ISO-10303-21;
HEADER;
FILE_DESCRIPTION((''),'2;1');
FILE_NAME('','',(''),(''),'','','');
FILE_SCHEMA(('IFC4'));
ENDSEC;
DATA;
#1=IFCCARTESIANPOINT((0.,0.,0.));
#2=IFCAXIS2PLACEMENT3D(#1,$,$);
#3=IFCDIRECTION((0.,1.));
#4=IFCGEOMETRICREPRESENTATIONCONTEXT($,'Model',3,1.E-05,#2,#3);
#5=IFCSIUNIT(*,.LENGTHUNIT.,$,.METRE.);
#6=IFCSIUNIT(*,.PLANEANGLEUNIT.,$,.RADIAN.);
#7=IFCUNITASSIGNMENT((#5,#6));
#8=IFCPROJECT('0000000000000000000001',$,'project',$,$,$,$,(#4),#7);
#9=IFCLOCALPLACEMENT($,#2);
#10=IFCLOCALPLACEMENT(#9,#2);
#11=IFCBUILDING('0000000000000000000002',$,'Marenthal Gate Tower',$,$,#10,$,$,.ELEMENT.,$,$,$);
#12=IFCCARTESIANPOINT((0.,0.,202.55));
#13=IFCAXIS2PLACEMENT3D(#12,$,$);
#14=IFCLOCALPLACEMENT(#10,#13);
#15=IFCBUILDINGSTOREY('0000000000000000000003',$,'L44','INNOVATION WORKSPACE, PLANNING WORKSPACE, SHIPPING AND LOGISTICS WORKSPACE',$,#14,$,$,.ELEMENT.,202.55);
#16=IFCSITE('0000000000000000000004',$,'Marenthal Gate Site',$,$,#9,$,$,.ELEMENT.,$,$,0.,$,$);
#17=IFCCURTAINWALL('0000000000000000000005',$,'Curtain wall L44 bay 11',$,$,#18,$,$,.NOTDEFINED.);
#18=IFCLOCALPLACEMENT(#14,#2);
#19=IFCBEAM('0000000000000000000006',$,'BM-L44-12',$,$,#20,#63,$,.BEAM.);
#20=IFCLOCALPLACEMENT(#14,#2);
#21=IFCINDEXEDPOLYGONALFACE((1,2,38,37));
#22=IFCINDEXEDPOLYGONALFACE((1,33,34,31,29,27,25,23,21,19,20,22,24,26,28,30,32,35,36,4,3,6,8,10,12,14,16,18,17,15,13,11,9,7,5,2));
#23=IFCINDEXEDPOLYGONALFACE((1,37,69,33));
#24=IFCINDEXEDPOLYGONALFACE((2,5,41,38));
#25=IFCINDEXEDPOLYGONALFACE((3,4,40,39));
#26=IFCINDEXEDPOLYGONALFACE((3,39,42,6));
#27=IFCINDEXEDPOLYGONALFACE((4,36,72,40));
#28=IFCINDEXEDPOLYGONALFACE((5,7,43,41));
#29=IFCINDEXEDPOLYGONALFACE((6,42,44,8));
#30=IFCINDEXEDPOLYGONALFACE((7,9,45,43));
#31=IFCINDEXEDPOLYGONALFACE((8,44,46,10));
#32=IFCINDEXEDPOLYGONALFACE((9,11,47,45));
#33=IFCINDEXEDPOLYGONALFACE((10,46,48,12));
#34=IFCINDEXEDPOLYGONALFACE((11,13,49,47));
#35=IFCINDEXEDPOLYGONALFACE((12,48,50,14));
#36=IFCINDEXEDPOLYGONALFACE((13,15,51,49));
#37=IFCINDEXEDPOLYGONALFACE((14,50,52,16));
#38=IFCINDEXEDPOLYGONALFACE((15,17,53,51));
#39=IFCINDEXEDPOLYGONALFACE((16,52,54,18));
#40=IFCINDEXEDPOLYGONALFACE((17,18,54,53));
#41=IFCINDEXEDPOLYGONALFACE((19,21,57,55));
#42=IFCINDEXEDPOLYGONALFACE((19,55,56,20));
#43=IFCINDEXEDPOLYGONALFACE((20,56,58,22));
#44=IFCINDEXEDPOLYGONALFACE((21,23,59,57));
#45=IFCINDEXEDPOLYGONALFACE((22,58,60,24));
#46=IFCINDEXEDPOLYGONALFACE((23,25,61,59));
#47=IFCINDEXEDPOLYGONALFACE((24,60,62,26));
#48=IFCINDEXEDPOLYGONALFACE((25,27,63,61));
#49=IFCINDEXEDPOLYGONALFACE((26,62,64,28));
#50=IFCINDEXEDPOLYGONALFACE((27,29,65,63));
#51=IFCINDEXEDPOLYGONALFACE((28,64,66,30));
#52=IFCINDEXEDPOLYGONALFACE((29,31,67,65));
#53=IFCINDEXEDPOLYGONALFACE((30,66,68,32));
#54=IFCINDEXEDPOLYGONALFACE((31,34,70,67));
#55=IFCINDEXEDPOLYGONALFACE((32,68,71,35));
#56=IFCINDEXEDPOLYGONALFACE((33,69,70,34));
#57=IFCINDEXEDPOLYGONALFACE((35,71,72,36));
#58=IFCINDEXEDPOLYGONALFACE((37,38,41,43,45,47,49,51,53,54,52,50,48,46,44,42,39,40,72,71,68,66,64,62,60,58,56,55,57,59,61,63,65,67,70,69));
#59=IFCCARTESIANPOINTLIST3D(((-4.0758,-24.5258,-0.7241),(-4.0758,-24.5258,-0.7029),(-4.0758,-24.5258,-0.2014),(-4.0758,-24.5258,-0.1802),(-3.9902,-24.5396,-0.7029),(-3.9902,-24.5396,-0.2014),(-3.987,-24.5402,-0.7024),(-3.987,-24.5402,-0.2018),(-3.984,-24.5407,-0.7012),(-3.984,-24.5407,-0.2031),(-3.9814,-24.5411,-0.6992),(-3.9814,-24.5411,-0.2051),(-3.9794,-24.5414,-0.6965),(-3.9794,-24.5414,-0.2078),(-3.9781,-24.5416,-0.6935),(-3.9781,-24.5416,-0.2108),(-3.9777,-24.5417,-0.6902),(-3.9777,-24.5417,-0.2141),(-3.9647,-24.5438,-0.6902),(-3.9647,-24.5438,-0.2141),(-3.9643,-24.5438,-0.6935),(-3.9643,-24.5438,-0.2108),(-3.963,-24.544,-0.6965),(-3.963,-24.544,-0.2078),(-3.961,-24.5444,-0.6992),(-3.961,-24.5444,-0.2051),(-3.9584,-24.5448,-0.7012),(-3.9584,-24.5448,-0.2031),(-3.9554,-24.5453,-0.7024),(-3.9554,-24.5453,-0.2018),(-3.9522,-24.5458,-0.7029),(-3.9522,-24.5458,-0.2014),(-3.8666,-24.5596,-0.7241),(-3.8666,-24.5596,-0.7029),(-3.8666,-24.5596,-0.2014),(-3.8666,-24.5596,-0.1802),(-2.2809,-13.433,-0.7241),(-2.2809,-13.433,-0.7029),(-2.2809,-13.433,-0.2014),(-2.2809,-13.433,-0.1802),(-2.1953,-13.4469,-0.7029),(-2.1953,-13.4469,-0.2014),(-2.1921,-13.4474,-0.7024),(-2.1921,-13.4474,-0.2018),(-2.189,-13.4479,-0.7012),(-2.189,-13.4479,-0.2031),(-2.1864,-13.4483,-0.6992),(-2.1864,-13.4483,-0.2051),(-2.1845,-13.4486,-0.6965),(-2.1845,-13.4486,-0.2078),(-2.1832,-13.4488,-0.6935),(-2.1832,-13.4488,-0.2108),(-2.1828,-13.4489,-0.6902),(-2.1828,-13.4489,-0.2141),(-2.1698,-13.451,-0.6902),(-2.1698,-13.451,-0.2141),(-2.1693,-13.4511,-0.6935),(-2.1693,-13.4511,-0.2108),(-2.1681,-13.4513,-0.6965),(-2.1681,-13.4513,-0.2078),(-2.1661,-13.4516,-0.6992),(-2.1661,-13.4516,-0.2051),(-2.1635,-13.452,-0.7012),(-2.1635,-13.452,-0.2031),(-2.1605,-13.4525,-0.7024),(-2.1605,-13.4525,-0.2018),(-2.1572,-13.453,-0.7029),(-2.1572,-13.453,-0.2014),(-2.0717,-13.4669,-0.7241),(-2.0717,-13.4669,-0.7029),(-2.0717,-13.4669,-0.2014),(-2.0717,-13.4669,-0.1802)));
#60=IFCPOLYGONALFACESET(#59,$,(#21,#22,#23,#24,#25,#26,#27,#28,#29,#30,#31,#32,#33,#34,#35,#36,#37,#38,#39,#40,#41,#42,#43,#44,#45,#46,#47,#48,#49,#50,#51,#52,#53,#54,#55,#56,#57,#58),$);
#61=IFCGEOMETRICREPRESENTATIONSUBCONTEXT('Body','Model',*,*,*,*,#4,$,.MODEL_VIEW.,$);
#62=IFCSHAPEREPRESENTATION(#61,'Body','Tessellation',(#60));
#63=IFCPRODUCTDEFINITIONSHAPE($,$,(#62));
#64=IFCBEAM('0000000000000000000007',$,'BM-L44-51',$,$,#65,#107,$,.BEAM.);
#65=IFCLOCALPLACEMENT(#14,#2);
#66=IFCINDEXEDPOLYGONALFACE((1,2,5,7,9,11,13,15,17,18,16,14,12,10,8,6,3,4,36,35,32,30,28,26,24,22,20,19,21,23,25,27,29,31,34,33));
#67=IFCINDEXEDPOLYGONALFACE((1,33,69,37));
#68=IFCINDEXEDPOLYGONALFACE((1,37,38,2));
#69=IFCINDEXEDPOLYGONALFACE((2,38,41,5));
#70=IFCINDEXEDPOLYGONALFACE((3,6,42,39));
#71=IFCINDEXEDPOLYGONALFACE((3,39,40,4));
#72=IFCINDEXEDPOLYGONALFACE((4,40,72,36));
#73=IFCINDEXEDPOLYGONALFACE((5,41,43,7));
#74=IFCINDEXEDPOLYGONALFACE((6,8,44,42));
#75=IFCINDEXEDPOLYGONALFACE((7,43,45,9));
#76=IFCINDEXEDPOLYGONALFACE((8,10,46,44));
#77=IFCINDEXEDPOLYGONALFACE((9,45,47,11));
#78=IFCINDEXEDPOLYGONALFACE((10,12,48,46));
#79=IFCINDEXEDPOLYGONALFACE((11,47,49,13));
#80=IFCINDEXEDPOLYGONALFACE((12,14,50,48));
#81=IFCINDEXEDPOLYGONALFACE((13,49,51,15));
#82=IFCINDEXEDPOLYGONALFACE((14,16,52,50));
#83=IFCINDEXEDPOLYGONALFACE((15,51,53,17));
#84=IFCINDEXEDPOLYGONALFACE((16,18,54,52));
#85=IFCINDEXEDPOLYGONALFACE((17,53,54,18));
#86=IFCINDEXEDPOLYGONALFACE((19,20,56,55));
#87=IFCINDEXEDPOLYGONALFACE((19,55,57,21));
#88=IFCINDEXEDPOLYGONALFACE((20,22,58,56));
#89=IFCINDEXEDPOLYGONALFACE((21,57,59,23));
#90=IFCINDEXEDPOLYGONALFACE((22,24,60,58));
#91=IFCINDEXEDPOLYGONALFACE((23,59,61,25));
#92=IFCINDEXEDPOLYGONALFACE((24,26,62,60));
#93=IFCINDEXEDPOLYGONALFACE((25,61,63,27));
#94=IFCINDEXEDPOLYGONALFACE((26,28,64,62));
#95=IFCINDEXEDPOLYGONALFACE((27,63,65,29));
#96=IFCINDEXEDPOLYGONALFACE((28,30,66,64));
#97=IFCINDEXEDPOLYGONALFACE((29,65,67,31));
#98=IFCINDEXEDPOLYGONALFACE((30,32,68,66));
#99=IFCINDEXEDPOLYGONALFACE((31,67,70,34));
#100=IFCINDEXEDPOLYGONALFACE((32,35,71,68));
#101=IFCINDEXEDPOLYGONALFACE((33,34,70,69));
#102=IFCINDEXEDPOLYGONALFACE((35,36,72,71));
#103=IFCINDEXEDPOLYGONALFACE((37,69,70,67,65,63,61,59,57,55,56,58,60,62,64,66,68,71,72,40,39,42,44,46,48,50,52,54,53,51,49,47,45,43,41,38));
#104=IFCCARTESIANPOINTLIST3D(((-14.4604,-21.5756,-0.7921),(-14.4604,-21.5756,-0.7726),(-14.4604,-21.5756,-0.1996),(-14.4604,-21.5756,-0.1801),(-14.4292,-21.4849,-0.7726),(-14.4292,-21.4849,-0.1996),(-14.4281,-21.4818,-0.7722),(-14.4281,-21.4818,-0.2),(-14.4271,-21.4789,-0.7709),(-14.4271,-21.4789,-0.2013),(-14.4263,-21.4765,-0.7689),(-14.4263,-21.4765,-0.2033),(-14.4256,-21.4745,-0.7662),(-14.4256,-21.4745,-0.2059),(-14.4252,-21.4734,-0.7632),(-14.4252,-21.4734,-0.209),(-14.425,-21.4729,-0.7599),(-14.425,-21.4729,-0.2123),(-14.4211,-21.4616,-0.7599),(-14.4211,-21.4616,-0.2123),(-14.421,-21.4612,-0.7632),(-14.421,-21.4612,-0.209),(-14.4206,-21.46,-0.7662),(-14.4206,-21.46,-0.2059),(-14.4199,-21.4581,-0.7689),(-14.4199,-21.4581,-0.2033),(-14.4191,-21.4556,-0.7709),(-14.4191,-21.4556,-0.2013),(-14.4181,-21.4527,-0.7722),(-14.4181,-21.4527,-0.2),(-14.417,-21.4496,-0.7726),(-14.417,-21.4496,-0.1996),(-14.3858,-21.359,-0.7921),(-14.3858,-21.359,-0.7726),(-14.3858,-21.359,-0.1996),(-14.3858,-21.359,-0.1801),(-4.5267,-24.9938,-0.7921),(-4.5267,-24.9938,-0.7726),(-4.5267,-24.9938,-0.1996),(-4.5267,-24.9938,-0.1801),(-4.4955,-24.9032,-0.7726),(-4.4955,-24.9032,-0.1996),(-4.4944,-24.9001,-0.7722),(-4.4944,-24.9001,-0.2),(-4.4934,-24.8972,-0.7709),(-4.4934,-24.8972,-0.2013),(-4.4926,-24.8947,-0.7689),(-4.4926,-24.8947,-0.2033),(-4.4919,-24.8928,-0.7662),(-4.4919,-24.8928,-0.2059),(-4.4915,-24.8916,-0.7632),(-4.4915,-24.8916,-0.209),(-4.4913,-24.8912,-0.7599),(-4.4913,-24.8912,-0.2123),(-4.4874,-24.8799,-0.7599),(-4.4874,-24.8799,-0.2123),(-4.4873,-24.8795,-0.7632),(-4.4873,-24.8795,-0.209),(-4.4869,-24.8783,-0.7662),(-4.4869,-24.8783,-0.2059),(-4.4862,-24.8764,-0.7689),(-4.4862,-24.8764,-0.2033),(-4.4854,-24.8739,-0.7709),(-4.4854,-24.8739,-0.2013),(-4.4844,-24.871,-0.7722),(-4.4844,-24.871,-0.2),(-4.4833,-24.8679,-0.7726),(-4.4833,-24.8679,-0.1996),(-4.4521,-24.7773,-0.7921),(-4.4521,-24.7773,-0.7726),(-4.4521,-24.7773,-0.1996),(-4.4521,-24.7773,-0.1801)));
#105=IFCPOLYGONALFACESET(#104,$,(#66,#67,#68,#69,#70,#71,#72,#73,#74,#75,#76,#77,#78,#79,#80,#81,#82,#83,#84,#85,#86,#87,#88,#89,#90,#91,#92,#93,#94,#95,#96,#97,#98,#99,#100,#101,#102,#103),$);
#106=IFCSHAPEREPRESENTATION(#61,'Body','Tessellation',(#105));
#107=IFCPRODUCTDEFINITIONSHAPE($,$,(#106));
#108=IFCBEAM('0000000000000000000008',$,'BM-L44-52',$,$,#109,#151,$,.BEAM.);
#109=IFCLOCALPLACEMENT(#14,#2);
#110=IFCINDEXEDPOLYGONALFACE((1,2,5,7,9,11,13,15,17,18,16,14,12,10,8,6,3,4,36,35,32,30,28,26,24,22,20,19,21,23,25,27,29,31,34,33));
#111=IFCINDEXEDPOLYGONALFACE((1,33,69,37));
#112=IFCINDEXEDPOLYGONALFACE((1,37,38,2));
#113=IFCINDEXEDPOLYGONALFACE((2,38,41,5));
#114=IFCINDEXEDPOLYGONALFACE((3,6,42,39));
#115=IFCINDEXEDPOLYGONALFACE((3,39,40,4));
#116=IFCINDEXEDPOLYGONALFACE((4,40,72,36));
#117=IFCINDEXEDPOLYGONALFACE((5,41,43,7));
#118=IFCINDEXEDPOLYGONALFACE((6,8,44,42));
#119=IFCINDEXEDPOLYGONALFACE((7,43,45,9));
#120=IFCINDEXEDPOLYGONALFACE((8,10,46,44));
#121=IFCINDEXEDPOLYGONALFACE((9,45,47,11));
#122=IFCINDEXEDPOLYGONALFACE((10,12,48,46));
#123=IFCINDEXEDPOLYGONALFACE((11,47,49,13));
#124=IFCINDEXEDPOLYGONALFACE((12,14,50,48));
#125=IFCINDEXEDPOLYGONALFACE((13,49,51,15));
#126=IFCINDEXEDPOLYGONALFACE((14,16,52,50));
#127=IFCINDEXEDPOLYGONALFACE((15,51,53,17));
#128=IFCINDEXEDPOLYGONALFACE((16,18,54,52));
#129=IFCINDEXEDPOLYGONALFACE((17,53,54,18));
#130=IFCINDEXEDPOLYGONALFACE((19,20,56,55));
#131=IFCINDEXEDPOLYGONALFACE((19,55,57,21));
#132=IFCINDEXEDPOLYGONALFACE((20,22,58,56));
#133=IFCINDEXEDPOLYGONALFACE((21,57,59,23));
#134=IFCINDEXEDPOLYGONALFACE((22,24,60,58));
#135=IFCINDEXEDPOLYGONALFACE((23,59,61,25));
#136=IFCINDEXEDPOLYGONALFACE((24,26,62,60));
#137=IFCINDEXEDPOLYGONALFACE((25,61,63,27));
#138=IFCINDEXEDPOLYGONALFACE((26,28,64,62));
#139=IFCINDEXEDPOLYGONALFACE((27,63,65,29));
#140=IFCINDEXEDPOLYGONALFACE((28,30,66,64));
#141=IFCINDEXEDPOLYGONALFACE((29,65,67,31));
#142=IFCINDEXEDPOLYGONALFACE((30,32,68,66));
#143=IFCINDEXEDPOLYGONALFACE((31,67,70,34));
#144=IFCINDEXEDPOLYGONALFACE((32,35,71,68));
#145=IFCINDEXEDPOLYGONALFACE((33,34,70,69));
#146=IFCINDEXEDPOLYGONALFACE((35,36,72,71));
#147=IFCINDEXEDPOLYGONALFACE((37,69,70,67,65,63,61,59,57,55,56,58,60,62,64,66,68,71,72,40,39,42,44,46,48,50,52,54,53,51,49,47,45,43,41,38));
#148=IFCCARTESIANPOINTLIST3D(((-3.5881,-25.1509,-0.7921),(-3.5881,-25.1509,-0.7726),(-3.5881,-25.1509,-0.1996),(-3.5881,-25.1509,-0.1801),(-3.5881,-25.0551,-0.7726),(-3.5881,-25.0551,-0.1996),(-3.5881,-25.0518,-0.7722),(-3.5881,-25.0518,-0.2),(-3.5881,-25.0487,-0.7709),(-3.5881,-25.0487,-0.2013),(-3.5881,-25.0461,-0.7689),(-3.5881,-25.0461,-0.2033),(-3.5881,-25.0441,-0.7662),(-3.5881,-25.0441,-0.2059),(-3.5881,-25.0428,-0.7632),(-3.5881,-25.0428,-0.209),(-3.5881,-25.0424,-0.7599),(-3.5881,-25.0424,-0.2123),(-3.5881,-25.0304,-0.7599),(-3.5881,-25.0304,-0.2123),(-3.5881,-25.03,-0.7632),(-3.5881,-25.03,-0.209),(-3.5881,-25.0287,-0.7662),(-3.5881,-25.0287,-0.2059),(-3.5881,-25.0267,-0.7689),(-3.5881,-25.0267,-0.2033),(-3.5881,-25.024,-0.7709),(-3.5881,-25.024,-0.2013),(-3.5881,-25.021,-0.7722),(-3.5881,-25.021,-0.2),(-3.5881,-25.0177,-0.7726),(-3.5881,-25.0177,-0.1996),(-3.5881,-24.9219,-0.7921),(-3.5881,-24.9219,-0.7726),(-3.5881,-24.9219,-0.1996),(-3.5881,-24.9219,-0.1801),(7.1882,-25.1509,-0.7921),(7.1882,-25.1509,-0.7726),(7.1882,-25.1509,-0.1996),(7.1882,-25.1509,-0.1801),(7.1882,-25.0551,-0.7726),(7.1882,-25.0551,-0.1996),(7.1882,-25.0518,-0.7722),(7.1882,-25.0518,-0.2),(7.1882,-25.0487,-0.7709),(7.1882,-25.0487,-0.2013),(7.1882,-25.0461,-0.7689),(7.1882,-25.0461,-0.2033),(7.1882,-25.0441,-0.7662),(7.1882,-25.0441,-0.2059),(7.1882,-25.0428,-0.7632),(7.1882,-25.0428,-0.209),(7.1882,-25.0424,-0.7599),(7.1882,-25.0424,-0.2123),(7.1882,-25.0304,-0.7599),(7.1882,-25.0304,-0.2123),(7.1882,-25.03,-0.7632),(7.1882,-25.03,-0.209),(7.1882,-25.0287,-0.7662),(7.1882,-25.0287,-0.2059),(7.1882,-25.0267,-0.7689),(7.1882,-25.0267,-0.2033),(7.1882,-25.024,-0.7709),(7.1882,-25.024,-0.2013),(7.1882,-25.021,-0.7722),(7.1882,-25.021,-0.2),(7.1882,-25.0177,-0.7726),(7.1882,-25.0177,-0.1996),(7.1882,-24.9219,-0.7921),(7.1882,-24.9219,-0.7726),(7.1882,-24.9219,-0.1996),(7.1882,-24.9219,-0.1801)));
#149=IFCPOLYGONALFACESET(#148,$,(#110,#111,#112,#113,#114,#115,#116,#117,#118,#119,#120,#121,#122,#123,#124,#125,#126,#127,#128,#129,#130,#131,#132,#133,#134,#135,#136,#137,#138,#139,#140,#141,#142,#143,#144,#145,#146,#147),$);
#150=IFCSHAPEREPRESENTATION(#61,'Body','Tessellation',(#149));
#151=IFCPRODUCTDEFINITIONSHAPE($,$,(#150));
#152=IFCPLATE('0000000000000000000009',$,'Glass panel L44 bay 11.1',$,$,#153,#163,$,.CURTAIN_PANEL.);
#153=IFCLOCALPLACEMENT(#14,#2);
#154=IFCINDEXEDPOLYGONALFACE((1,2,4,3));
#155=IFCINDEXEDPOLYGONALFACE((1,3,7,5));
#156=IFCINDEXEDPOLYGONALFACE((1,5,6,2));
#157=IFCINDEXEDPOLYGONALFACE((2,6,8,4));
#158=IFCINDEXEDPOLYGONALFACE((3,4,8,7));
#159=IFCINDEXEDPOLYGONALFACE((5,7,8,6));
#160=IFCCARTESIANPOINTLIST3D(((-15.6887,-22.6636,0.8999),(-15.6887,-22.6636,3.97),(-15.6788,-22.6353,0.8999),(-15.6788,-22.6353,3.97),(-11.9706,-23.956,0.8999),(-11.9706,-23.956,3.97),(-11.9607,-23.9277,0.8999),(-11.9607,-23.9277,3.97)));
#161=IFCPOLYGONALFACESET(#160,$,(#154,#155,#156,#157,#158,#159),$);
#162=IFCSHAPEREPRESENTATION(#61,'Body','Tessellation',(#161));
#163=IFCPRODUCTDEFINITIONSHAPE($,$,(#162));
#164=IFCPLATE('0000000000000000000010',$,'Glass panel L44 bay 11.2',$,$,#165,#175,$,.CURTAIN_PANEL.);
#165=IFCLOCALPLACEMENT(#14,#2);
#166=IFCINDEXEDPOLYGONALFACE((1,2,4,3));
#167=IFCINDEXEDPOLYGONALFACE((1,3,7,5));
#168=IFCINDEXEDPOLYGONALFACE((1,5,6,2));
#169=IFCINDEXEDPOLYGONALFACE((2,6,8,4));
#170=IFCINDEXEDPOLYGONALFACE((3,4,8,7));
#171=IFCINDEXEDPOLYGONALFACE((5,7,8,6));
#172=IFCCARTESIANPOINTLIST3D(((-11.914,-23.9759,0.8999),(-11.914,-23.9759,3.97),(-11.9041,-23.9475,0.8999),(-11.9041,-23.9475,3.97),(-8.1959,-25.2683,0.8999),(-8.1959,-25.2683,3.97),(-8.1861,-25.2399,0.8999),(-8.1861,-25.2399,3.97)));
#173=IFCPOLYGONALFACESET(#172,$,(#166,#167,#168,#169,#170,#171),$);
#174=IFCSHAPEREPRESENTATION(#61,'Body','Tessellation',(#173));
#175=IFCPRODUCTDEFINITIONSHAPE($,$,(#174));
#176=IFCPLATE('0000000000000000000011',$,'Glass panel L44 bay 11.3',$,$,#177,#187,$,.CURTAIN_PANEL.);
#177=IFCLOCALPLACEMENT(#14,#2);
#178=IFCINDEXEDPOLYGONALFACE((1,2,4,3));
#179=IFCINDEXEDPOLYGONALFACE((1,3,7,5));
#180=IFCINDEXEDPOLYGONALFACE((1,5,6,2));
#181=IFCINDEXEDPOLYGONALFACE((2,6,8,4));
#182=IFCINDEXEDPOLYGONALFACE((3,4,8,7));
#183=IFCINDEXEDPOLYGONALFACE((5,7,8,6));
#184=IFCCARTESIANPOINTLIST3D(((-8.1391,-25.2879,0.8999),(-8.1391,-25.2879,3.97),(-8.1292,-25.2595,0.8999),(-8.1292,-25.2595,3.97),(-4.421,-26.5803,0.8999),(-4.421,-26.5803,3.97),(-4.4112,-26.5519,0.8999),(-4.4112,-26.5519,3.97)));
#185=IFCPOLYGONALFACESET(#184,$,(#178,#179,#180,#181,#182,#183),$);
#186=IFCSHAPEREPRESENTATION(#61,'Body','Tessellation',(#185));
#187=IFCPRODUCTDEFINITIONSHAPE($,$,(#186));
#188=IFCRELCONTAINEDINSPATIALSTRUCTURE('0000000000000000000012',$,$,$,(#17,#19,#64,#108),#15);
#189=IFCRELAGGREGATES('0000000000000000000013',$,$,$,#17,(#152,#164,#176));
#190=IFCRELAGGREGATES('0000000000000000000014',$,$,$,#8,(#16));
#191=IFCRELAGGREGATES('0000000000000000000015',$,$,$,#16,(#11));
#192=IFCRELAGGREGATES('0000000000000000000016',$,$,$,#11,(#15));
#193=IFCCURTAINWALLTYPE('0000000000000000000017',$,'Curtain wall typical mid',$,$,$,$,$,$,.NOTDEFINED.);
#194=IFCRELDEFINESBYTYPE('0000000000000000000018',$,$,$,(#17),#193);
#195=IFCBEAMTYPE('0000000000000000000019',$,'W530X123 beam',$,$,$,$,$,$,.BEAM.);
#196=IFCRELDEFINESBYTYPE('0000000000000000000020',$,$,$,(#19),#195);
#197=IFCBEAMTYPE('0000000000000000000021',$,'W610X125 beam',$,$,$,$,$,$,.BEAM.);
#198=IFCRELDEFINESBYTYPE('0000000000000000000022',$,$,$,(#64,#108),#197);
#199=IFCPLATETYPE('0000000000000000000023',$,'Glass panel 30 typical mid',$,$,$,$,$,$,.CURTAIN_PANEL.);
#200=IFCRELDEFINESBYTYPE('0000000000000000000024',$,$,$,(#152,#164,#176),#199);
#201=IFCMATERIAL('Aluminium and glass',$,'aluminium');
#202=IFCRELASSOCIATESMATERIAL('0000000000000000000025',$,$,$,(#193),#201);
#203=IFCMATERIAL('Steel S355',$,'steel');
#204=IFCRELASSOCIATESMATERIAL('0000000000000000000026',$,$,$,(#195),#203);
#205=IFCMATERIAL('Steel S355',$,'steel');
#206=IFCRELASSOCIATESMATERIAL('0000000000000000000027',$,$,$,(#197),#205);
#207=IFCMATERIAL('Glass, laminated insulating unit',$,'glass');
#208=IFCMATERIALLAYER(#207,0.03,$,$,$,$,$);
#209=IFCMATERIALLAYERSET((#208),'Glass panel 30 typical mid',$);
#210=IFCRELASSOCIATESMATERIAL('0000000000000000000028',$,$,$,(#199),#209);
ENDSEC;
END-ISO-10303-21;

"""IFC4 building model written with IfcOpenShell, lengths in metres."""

from ifc_helpers import new_model, si_unit, direction, frame, origin, origin_2d, place, context, subcontext, project, spatial, rectangle, i_section, extrude, material, layer, layer_set, material_profile, profile_set, type_object, element, aggregate, save


model = new_model("IFC4")

# Units and contexts
model_context = context("Model", 3, precision=1e-05, world=origin(), true_north=direction((0.0, 1.0)))
body_context = subcontext(model_context, "Body", "Model", "MODEL_VIEW")
ifc_project = project(units=[si_unit("LENGTHUNIT", "METRE"), si_unit("PLANEANGLEUNIT", "RADIAN")], contexts=[model_context])

# Site, building, storey
site_placement = place(None, origin())
site = spatial("IfcSite", under=ifc_project, at=site_placement, Name="Marenthal Gate Site", CompositionType="ELEMENT", RefElevation=0.0)
building_placement = place(site_placement, origin())
building = spatial("IfcBuilding", under=site, at=building_placement, Name="Marenthal Gate Tower", CompositionType="ELEMENT")
storey_placement = place(building_placement, frame((0.0, 0.0, 202.55)))
storey = spatial("IfcBuildingStorey", under=building, at=storey_placement, Name="L44", Description="INNOVATION WORKSPACE, PLANNING WORKSPACE, SHIPPING AND LOGISTICS WORKSPACE", CompositionType="ELEMENT", Elevation=202.55)

# Curtain wall
ifc_material_1 = material(Name="Aluminium and glass", Category="aluminium")
curtain_wall_type = type_object("IfcCurtainWallType", Name="Curtain wall typical mid", PredefinedType="NOTDEFINED", material=ifc_material_1)
curtain_wall_placement = place(storey_placement, origin())
curtain_wall = element("IfcCurtainWall", 1, at=curtain_wall_placement, inside=storey, type_object=curtain_wall_type, Name="Curtain wall L44 bay 11", PredefinedType="NOTDEFINED")

# Beams
ifc_material_2 = material(Name="Steel S355", Category="steel")
ifc_material_profile_1 = material_profile(ifc_material_2, i_section(OverallWidth=0.2119, OverallDepth=0.5439, WebThickness=0.0132, FlangeThickness=0.0212, FilletRadius=0.0127, at=origin_2d()), Name="W530X123")
ifc_profile_set_1 = profile_set([ifc_material_profile_1], Name="Steel S355")
beam_type_1 = type_object("IfcBeamType", Name="W530X123 beam", PredefinedType="BEAM", material=ifc_profile_set_1)
beam_1_placement = place(storey_placement, frame((-3.9712, -24.5427, -0.4521), z_axis=(0.159732, 0.98716, 0.0), x_axis=(-0.98716, 0.159732, 0.0)))
element("IfcBeam", 2, at=beam_1_placement, inside=storey, type_object=beam_type_1, Name="BM-L44-12", PredefinedType="BEAM", context=body_context, shape_type="SweptSolid", body=[
    extrude(i_section(OverallWidth=0.2119, OverallDepth=0.5439, WebThickness=0.0132, FlangeThickness=0.0212, FilletRadius=0.0127, at=origin_2d()), origin(), (0.0, 0.0, 1.0), 11.2371),
])
ifc_material_3 = material(Name="Steel S355", Category="steel")
ifc_material_profile_2 = material_profile(ifc_material_3, i_section(OverallWidth=0.229, OverallDepth=0.6121, WebThickness=0.012, FlangeThickness=0.0195, FilletRadius=0.0127, at=origin_2d()), Name="W610X125")
ifc_profile_set_2 = profile_set([ifc_material_profile_2], Name="Steel S355")
beam_type_2 = type_object("IfcBeamType", Name="W610X125 beam", PredefinedType="BEAM", material=ifc_profile_set_2)
beam_2_placement = place(storey_placement, frame((-14.4231, -21.4673, -0.4861), z_axis=(0.945583, -0.325381, 0.0), x_axis=(0.325381, 0.945583, 0.0)))
element("IfcBeam", 3, at=beam_2_placement, inside=storey, type_object=beam_type_2, Name="BM-L44-51", PredefinedType="BEAM", context=body_context, shape_type="SweptSolid", body=[
    extrude(i_section(OverallWidth=0.229, OverallDepth=0.6121, WebThickness=0.012, FlangeThickness=0.0195, FilletRadius=0.0127, at=origin_2d()), origin(), (0.0, 0.0, 1.0), 10.5054),
])
beam_3_placement = place(storey_placement, frame((-3.5881, -25.0364, -0.4861), z_axis=(1.0, 0.0, 0.0), x_axis=(0.0, 1.0, 0.0)))
element("IfcBeam", 4, at=beam_3_placement, inside=storey, type_object=beam_type_2, Name="BM-L44-52", PredefinedType="BEAM", context=body_context, shape_type="SweptSolid", body=[
    extrude(i_section(OverallWidth=0.229, OverallDepth=0.6121, WebThickness=0.012, FlangeThickness=0.0195, FilletRadius=0.0127, at=origin_2d()), origin(), (0.0, 0.0, 1.0), 10.7764),
])

# Plates
ifc_material_4 = material(Name="Glass, laminated insulating unit", Category="glass")
ifc_layer_1 = layer(ifc_material_4, 0.03)
ifc_layer_set_1 = layer_set([ifc_layer_1], Name="Glass panel 30 typical mid")
plate_type = type_object("IfcPlateType", Name="Glass panel 30 typical mid", PredefinedType="CURTAIN_PANEL", material=ifc_layer_set_1)
plate_1_placement = place(storey_placement, frame((-13.8247, -23.2957, 0.8999), z_axis=(0.0, 0.0, 1.0), x_axis=(0.944562, -0.328332, 0.0)))
plate_1 = element("IfcPlate", 5, at=plate_1_placement, type_object=plate_type, Name="Glass panel L44 bay 11.1", PredefinedType="CURTAIN_PANEL", context=body_context, shape_type="SweptSolid", body=[
    extrude(rectangle(XDim=3.9363, YDim=0.03, at=origin_2d()), origin(), (0.0, 0.0, 1.0), 3.0701),
])
plate_2_placement = place(storey_placement, frame((-10.05, -24.6079, 0.8999), z_axis=(0.0, 0.0, 1.0), x_axis=(0.944562, -0.328332, 0.0)))
plate_2 = element("IfcPlate", 6, at=plate_2_placement, type_object=plate_type, Name="Glass panel L44 bay 11.2", PredefinedType="CURTAIN_PANEL", context=body_context, shape_type="SweptSolid", body=[
    extrude(rectangle(XDim=3.9363, YDim=0.03, at=origin_2d()), origin(), (0.0, 0.0, 1.0), 3.0701),
])
plate_3_placement = place(storey_placement, frame((-6.2751, -25.9199, 0.8999), z_axis=(0.0, 0.0, 1.0), x_axis=(0.944562, -0.328332, 0.0)))
plate_3 = element("IfcPlate", 7, at=plate_3_placement, type_object=plate_type, Name="Glass panel L44 bay 11.3", PredefinedType="CURTAIN_PANEL", context=body_context, shape_type="SweptSolid", body=[
    extrude(rectangle(XDim=3.9363, YDim=0.03, at=origin_2d()), origin(), (0.0, 0.0, 1.0), 3.0701),
])
aggregate(curtain_wall, [plate_1, plate_2, plate_3])

save(model, "model.ifc")
